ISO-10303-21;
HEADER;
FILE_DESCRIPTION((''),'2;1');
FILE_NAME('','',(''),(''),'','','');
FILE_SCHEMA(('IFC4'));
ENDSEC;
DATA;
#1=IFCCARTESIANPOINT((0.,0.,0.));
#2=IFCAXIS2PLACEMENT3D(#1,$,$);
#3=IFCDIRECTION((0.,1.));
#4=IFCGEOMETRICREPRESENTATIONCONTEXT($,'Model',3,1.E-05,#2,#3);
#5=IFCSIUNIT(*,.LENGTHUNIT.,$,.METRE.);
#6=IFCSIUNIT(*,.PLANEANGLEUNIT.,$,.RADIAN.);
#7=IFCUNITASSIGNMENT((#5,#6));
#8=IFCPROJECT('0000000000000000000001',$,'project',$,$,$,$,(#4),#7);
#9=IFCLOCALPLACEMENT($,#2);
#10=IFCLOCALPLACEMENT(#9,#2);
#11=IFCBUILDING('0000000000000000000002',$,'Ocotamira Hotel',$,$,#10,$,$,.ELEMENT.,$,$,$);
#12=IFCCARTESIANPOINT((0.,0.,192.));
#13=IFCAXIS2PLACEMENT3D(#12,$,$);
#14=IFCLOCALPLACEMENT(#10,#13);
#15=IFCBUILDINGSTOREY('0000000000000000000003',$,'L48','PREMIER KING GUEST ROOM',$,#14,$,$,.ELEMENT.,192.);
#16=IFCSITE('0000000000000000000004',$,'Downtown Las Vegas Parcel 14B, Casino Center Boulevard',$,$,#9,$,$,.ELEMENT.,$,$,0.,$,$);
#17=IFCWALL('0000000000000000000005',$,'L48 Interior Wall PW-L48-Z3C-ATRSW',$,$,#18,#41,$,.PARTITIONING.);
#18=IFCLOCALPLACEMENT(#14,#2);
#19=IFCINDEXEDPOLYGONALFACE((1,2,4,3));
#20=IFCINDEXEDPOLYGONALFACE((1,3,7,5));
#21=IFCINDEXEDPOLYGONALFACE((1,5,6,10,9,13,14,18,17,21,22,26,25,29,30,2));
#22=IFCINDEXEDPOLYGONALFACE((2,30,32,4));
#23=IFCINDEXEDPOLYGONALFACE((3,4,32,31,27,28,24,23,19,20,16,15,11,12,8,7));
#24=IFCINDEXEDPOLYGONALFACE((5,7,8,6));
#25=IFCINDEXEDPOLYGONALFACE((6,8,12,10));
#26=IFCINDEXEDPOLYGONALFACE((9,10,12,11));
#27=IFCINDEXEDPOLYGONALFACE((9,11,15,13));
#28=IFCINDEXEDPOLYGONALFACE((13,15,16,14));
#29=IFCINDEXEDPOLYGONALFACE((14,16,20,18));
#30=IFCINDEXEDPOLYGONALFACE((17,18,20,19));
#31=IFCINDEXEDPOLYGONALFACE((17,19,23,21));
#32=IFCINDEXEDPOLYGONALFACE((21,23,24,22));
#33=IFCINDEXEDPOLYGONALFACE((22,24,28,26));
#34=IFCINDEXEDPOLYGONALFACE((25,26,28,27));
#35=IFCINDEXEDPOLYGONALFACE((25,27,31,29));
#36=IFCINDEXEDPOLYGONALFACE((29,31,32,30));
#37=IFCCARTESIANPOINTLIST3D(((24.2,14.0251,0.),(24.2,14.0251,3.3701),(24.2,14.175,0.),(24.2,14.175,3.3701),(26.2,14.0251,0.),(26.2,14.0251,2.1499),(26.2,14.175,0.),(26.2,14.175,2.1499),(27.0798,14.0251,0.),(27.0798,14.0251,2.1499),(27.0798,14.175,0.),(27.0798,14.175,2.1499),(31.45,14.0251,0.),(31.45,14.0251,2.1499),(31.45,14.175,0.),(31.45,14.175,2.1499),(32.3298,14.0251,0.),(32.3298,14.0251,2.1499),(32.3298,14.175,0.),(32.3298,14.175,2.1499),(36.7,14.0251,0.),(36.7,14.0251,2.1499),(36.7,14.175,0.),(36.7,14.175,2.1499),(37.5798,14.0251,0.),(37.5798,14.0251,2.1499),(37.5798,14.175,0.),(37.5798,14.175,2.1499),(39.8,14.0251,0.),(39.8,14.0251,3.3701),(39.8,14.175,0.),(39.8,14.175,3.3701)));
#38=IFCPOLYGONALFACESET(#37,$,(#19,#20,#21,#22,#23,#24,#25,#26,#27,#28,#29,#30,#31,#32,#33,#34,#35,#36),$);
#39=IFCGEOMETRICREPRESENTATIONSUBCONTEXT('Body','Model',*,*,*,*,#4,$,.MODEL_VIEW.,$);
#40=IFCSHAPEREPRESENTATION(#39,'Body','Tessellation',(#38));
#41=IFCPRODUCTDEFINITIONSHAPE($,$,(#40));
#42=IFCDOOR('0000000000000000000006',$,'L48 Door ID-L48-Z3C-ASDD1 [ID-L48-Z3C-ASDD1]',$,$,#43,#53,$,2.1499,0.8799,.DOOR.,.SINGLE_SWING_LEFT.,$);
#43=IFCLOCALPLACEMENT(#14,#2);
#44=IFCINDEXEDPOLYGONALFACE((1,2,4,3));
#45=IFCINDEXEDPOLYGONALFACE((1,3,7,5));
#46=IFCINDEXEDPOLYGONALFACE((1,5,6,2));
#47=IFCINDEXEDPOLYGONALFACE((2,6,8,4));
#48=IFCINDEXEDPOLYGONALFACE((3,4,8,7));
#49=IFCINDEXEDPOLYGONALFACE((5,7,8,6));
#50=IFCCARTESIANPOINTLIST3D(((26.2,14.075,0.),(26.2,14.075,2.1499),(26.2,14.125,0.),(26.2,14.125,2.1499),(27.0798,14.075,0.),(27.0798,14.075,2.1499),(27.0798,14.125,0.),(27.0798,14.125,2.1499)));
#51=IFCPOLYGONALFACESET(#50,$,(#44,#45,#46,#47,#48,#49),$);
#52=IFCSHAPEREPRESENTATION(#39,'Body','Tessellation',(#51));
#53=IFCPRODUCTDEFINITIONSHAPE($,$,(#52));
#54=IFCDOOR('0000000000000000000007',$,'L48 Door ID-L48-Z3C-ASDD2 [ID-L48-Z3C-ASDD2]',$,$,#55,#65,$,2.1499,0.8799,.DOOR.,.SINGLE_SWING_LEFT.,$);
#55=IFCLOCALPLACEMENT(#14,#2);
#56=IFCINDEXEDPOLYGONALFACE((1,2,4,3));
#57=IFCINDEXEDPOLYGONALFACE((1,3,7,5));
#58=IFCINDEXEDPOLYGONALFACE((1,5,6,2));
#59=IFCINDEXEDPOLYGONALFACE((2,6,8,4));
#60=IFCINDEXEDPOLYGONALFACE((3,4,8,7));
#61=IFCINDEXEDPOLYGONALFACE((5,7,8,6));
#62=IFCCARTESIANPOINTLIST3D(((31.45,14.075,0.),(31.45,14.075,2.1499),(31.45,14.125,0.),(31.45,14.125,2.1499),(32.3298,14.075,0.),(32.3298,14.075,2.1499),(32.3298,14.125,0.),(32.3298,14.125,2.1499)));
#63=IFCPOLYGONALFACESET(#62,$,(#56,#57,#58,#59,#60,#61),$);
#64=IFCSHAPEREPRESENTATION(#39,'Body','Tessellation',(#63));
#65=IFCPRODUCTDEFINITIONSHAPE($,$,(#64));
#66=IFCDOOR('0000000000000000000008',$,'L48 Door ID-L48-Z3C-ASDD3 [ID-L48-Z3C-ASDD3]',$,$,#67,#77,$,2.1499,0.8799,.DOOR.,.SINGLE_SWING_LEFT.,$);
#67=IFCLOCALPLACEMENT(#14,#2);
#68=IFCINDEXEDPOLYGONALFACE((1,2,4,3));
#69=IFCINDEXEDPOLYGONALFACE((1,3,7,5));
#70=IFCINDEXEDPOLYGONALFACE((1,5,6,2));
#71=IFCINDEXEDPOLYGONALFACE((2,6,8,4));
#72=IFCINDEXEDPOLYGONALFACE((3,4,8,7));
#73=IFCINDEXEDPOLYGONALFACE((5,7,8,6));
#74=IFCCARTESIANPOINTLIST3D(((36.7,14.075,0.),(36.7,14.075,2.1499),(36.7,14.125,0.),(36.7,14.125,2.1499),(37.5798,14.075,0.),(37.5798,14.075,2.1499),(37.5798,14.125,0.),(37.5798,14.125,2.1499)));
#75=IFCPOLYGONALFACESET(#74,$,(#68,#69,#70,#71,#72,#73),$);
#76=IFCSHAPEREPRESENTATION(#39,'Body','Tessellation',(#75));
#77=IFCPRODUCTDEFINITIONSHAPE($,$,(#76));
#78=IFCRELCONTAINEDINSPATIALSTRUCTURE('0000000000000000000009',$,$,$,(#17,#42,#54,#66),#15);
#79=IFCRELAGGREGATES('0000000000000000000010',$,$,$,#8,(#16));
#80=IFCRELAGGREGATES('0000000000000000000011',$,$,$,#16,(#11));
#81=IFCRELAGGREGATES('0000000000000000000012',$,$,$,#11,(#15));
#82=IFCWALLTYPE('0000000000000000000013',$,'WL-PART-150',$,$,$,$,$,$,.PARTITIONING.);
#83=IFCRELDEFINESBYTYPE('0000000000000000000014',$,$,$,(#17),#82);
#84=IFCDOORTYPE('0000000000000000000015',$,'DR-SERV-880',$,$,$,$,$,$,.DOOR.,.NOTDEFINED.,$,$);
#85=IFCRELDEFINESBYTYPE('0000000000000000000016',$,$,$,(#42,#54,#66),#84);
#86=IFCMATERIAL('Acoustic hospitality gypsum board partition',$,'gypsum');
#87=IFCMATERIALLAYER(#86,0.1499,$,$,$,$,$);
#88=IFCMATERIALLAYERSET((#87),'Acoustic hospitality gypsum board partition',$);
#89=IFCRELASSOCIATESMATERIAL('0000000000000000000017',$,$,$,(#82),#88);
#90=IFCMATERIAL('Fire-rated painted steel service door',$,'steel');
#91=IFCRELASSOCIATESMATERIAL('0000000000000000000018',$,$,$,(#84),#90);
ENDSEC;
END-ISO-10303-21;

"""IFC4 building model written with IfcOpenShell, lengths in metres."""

from ifc_helpers import new_model, si_unit, direction, frame, frame_2d, origin, place, context, subcontext, project, spatial, rectangle, extrude, source, transform, mapped, material, layer, layer_set, type_object, element, fill, save


model = new_model("IFC4")

# Units and contexts
model_context = context("Model", 3, precision=1e-05, world=origin(), true_north=direction((0.0, 1.0)))
body_context = subcontext(model_context, "Body", "Model", "MODEL_VIEW")
ifc_project = project(units=[si_unit("LENGTHUNIT", "METRE"), si_unit("PLANEANGLEUNIT", "RADIAN")], contexts=[model_context])

# Site, building, storey
site_placement = place(None, origin())
site = spatial("IfcSite", under=ifc_project, at=site_placement, Name="Downtown Las Vegas Parcel 14B, Casino Center Boulevard", CompositionType="ELEMENT", RefElevation=0.0)
building_placement = place(site_placement, origin())
building = spatial("IfcBuilding", under=site, at=building_placement, Name="Ocotamira Hotel", CompositionType="ELEMENT")
storey_placement = place(building_placement, frame((0.0, 0.0, 192.0)))
storey = spatial("IfcBuildingStorey", under=building, at=storey_placement, Name="L48", Description="PREMIER KING GUEST ROOM", CompositionType="ELEMENT", Elevation=192.0)

# Shared definitions
ifc_material_1 = material(Name="Acoustic hospitality gypsum board partition", Category="gypsum")

# Wall, openings, doors
ifc_layer_1 = layer(ifc_material_1, 0.1499)
ifc_layer_set_1 = layer_set([ifc_layer_1], Name="Acoustic hospitality gypsum board partition")
wall_type_1 = type_object("IfcWallType", Name="WL-PART-150", PredefinedType="PARTITIONING", material=ifc_layer_set_1)
wall_1_placement = place(storey_placement, frame((24.2, 14.1001, 0.0), z_axis=(0.0, 0.0, 1.0), x_axis=(1.0, 0.0, 0.0)))
wall_1 = element("IfcWall", 1, at=wall_1_placement, inside=storey, type_object=wall_type_1, Name="L48 Interior Wall PW-L48-Z3C-ATRSW", PredefinedType="PARTITIONING", context=body_context, shape_type="SweptSolid", body=[
    extrude(rectangle(XDim=15.6001, YDim=0.1499, at=frame_2d((7.8, 0.0))), origin(), (0.0, 0.0, 1.0), 3.3701),
])
opening_1_placement = place(wall_1_placement, frame((2.0, 0.0, 0.0)))
opening_1 = element("IfcOpeningElement", 2, at=opening_1_placement, cuts=wall_1, PredefinedType="OPENING", context=body_context, shape_type="SweptSolid", body=[
    extrude(rectangle(XDim=0.8799, YDim=2.1499, at=frame_2d((0.4399, 1.075))), frame((0.0, 0.085, 0.0), z_axis=(0.0, -1.0, 0.0), x_axis=(1.0, 0.0, 0.0)), (0.0, 0.0, 1.0), 0.1699),
])
opening_2_placement = place(wall_1_placement, frame((7.25, 0.0, 0.0)))
opening_2 = element("IfcOpeningElement", 3, at=opening_2_placement, cuts=wall_1, PredefinedType="OPENING", context=body_context, shape_type="SweptSolid", body=[
    extrude(rectangle(XDim=0.8799, YDim=2.1499, at=frame_2d((0.4399, 1.075))), frame((0.0, 0.085, 0.0), z_axis=(0.0, -1.0, 0.0), x_axis=(1.0, 0.0, 0.0)), (0.0, 0.0, 1.0), 0.1699),
])
opening_3_placement = place(wall_1_placement, frame((12.5, 0.0, 0.0)))
opening_3 = element("IfcOpeningElement", 4, at=opening_3_placement, cuts=wall_1, PredefinedType="OPENING", context=body_context, shape_type="SweptSolid", body=[
    extrude(rectangle(XDim=0.8799, YDim=2.1499, at=frame_2d((0.4399, 1.075))), frame((0.0, 0.085, 0.0), z_axis=(0.0, -1.0, 0.0), x_axis=(1.0, 0.0, 0.0)), (0.0, 0.0, 1.0), 0.1699),
])
ifc_material_2 = material(Name="Fire-rated painted steel service door", Category="steel")
door_type_1 = type_object("IfcDoorType", Name="DR-SERV-880", OperationType="NOTDEFINED", PredefinedType="DOOR", material=ifc_material_2)
shared_shape_1 = source(origin(), body_context, "Body", "SweptSolid", [
    extrude(rectangle(XDim=0.8799, YDim=2.1499, at=frame_2d((0.4399, 1.075))), frame((0.0, 0.0249, 0.0), z_axis=(0.0, -1.0, 0.0), x_axis=(1.0, 0.0, 0.0)), (0.0, 0.0, 1.0), 0.05),
])
door_1_placement = place(opening_1_placement, origin())
door_1 = element("IfcDoor", 5, at=door_1_placement, inside=storey, type_object=door_type_1, Name="L48 Door ID-L48-Z3C-ASDD1 [ID-L48-Z3C-ASDD1]", OperationType="SINGLE_SWING_LEFT", OverallHeight=2.1499, OverallWidth=0.8799, PredefinedType="DOOR", context=body_context, shape_type="MappedRepresentation", body=[
    mapped(shared_shape_1, transform((0.0, 0.0, 0.0), scale=1.0)),
])
fill(opening_1, door_1)
door_2_placement = place(opening_2_placement, origin())
door_2 = element("IfcDoor", 6, at=door_2_placement, inside=storey, type_object=door_type_1, Name="L48 Door ID-L48-Z3C-ASDD2 [ID-L48-Z3C-ASDD2]", OperationType="SINGLE_SWING_LEFT", OverallHeight=2.1499, OverallWidth=0.8799, PredefinedType="DOOR", context=body_context, shape_type="MappedRepresentation", body=[
    mapped(shared_shape_1, transform((0.0, 0.0, 0.0), scale=1.0)),
])
fill(opening_2, door_2)
door_3_placement = place(opening_3_placement, origin())
door_3 = element("IfcDoor", 7, at=door_3_placement, inside=storey, type_object=door_type_1, Name="L48 Door ID-L48-Z3C-ASDD3 [ID-L48-Z3C-ASDD3]", OperationType="SINGLE_SWING_LEFT", OverallHeight=2.1499, OverallWidth=0.8799, PredefinedType="DOOR", context=body_context, shape_type="MappedRepresentation", body=[
    mapped(shared_shape_1, transform((0.0, 0.0, 0.0), scale=1.0)),
])
fill(opening_3, door_3)

save(model, "model.ifc")
